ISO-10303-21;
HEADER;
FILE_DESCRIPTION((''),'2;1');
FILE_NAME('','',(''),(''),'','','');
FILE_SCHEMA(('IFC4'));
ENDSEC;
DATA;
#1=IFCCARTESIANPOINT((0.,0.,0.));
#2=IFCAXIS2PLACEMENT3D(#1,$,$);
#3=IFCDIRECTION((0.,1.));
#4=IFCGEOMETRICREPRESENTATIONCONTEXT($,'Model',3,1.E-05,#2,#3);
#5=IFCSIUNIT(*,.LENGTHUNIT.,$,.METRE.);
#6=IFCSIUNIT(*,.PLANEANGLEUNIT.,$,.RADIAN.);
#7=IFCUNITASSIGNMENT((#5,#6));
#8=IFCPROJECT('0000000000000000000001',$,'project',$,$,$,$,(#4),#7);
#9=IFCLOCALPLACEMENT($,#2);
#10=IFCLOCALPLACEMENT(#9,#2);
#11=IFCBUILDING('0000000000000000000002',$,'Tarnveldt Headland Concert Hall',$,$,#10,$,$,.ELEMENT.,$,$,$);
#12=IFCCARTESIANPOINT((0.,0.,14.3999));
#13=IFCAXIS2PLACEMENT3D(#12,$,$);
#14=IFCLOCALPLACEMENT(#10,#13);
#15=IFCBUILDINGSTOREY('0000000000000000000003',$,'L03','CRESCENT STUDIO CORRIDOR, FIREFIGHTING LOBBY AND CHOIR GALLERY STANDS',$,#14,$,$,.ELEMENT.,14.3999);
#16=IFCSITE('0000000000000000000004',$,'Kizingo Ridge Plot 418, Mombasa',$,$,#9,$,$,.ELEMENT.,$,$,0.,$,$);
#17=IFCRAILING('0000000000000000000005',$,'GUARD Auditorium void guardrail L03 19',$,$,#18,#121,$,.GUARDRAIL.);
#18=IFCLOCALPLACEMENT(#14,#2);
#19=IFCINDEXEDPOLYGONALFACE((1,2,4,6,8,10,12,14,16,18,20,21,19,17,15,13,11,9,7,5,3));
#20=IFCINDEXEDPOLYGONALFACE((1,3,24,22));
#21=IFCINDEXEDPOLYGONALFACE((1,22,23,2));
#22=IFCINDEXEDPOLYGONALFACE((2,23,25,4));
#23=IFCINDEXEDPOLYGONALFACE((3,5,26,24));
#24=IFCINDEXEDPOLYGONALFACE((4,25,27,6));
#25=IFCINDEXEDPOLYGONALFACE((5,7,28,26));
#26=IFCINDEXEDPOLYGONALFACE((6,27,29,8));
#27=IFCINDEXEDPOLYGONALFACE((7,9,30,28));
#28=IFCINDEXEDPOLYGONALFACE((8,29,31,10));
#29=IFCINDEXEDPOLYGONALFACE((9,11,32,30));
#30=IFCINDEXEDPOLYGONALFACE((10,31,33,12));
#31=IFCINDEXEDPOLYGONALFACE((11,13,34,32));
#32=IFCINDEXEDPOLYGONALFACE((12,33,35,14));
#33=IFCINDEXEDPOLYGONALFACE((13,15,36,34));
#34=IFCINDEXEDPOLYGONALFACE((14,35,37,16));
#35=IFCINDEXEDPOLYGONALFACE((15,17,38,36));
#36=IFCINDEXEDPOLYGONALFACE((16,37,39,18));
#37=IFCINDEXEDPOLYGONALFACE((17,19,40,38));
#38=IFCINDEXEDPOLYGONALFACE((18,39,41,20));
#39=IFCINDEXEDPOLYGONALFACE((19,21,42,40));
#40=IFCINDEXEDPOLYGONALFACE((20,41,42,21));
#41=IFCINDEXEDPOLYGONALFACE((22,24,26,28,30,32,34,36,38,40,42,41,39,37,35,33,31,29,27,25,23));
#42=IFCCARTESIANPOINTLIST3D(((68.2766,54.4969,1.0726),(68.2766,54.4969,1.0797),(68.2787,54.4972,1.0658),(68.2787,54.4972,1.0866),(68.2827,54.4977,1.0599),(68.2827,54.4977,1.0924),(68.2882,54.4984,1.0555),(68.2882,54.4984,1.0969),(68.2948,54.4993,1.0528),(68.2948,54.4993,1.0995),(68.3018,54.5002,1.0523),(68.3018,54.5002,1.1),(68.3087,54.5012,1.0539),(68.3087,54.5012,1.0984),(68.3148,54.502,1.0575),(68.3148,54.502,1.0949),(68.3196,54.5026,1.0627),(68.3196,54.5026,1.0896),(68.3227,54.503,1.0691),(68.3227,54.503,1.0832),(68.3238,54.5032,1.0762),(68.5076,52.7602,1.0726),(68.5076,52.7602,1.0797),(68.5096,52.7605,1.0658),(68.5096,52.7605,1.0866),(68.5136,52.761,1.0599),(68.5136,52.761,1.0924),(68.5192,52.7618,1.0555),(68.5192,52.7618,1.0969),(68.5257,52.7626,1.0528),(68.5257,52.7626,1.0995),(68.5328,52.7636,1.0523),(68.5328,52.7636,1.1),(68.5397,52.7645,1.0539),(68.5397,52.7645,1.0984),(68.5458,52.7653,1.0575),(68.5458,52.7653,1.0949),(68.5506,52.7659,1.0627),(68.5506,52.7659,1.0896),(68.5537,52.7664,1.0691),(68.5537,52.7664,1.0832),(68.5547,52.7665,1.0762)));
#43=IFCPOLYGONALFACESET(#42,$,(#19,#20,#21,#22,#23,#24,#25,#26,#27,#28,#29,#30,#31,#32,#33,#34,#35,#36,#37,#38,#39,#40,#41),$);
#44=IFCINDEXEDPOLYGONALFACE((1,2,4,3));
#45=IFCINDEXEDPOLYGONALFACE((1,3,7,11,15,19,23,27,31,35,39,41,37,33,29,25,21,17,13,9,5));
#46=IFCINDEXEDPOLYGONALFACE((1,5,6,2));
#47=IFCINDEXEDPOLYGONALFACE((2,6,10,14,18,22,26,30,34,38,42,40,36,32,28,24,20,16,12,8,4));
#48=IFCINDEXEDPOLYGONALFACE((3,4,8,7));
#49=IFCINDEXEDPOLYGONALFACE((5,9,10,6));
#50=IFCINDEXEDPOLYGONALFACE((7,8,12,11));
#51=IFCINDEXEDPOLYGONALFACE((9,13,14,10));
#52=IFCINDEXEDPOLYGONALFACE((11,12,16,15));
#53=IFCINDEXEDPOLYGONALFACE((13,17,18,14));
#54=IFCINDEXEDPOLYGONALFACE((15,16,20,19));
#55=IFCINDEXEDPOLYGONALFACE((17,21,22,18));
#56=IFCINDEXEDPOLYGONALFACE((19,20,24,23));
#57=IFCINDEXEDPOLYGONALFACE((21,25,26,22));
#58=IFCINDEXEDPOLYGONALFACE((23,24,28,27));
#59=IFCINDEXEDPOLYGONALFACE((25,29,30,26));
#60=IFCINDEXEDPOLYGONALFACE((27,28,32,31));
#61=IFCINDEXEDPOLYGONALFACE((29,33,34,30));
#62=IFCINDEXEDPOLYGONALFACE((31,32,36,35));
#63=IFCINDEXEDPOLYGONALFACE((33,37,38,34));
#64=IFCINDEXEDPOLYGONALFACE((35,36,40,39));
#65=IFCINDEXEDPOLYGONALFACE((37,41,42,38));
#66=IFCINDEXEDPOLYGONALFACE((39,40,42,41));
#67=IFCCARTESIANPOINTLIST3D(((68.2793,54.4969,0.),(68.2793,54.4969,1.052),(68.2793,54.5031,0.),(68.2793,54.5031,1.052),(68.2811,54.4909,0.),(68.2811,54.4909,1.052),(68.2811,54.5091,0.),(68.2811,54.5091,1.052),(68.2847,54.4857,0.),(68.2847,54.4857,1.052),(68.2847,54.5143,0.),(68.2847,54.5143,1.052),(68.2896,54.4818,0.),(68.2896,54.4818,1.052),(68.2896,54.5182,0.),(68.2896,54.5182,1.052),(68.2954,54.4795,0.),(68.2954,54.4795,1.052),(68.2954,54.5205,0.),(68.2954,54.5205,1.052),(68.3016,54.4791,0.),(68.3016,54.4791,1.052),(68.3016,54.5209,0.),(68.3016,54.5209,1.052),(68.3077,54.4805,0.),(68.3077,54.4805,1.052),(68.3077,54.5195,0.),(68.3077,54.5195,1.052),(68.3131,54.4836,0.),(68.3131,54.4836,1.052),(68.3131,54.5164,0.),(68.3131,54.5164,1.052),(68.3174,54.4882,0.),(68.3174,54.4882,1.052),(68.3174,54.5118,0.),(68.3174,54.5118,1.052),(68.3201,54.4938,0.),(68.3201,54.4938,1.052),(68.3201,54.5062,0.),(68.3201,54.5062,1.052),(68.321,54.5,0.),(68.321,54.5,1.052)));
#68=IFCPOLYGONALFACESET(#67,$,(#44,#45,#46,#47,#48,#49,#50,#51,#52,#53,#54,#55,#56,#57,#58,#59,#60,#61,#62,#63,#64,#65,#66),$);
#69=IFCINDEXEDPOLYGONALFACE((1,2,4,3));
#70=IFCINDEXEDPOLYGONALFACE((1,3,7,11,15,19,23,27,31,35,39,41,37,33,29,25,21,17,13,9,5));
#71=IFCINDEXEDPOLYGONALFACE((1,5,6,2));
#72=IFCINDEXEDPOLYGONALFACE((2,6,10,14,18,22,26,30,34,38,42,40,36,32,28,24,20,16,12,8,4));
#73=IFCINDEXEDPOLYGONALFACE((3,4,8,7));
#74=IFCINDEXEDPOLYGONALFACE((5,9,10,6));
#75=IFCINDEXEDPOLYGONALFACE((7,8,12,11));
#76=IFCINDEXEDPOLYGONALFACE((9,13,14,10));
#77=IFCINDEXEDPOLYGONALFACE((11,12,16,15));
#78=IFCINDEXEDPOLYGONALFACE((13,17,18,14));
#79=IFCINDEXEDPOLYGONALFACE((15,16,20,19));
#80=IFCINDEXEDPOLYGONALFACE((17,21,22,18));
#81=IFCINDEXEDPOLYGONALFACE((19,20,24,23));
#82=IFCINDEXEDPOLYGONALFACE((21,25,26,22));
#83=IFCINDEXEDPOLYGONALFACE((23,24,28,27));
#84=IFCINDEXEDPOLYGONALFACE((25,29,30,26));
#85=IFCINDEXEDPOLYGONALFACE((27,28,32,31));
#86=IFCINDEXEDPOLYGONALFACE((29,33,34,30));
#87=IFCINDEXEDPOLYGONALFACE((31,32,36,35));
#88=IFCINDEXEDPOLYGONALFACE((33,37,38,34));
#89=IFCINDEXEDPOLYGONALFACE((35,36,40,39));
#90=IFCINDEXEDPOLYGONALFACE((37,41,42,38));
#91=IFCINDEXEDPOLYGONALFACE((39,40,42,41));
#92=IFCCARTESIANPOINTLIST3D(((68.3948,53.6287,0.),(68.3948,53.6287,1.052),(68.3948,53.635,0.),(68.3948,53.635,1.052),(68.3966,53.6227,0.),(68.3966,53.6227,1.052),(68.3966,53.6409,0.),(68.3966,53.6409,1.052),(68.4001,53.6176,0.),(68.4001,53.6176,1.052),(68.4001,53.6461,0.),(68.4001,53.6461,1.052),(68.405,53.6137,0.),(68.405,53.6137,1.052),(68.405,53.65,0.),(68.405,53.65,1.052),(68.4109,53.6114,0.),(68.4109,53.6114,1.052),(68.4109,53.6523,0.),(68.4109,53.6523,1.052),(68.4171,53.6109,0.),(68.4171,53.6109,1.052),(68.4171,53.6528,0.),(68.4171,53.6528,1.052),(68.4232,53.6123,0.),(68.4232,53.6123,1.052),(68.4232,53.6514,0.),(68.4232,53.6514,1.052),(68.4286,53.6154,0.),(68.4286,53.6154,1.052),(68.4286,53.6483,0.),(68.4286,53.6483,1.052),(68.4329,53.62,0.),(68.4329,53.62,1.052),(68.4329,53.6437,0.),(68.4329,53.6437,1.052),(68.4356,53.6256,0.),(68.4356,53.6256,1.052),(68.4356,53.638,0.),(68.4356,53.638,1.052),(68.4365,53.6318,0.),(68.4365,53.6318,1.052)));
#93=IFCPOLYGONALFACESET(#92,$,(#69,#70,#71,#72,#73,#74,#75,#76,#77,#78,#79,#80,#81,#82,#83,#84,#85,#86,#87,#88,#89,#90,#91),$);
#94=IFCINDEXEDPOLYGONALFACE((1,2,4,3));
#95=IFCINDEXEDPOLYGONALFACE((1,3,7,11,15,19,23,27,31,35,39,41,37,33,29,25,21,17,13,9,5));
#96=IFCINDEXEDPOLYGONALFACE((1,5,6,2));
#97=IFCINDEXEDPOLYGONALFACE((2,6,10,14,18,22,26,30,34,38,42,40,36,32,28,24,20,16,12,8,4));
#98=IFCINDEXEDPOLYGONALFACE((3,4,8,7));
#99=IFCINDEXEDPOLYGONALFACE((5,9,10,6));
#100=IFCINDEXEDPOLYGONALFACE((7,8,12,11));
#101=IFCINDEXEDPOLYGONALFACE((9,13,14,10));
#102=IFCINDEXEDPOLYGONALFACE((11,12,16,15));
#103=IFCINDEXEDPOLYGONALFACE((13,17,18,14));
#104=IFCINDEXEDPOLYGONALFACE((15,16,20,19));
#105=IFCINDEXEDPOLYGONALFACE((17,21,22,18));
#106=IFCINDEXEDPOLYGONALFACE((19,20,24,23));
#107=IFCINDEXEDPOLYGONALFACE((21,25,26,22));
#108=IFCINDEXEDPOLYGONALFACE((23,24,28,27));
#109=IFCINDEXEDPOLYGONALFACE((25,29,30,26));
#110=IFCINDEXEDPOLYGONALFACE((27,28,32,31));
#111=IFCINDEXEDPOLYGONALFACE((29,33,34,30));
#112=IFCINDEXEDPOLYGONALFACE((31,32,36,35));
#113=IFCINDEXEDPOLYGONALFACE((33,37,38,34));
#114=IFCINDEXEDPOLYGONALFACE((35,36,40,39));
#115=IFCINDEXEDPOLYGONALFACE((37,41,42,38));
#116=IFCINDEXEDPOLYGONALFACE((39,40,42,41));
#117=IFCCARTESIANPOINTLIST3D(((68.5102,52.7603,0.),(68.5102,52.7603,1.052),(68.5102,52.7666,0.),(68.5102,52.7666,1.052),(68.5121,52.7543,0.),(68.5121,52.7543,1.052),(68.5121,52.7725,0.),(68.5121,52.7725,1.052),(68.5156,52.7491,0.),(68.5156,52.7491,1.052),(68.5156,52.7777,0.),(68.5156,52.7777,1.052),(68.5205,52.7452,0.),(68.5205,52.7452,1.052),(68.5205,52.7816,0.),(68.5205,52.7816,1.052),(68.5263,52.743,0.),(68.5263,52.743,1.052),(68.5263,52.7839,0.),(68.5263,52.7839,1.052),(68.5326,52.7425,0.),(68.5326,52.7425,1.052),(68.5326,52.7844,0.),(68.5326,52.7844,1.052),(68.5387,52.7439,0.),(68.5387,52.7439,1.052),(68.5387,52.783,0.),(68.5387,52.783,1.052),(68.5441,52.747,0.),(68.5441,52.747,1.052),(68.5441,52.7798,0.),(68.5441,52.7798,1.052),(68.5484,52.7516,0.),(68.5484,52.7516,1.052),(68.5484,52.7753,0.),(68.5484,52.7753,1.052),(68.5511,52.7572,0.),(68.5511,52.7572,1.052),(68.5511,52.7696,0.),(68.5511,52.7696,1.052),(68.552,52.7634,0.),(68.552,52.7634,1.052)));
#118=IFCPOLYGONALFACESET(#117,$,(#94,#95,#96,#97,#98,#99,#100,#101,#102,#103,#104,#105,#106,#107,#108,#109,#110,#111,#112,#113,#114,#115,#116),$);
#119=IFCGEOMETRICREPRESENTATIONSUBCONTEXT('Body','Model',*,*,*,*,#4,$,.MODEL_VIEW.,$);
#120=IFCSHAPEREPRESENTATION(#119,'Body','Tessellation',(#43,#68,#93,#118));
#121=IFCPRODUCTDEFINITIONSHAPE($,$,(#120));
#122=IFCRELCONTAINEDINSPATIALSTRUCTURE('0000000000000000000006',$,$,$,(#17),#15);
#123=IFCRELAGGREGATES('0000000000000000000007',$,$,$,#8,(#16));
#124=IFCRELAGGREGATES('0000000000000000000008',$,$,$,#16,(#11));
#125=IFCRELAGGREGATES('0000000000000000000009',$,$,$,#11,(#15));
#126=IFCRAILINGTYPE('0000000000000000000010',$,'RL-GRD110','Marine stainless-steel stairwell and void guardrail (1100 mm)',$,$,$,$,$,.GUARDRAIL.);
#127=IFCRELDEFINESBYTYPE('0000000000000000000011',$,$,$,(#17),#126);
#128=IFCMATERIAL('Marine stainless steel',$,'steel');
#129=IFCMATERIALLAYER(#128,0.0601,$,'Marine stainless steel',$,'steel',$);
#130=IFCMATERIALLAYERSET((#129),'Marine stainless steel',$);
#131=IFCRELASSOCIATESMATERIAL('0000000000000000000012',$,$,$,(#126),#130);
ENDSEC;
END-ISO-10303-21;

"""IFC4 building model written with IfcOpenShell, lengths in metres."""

from ifc_helpers import new_model, si_unit, direction, frame, origin, origin_2d, place, context, subcontext, project, spatial, circle, extrude, material, layer, layer_set, type_object, element, save


model = new_model("IFC4")

# Units and contexts
model_context = context("Model", 3, precision=1e-05, world=origin(), true_north=direction((0.0, 1.0)))
body_context = subcontext(model_context, "Body", "Model", "MODEL_VIEW")
ifc_project = project(units=[si_unit("LENGTHUNIT", "METRE"), si_unit("PLANEANGLEUNIT", "RADIAN")], contexts=[model_context])

# Site, building, storey
site_placement = place(None, origin())
site = spatial("IfcSite", under=ifc_project, at=site_placement, Name="Kizingo Ridge Plot 418, Mombasa", CompositionType="ELEMENT", RefElevation=0.0)
building_placement = place(site_placement, origin())
building = spatial("IfcBuilding", under=site, at=building_placement, Name="Tarnveldt Headland Concert Hall", CompositionType="ELEMENT")
storey_placement = place(building_placement, frame((0.0, 0.0, 14.3999)))
storey = spatial("IfcBuildingStorey", under=building, at=storey_placement, Name="L03", Description="CRESCENT STUDIO CORRIDOR, FIREFIGHTING LOBBY AND CHOIR GALLERY STANDS", CompositionType="ELEMENT", Elevation=14.3999)

# Railing
ifc_material_1 = material(Name="Marine stainless steel", Category="steel")
ifc_layer_1 = layer(ifc_material_1, 0.0601, Name="Marine stainless steel", Category="steel")
ifc_layer_set_1 = layer_set([ifc_layer_1], Name="Marine stainless steel")
railing_type = type_object("IfcRailingType", Name="RL-GRD110", Description="Marine stainless-steel stairwell and void guardrail (1100 mm)", PredefinedType="GUARDRAIL", material=ifc_layer_set_1)
railing_1_placement = place(storey_placement, frame((68.3, 54.5, 0.0)))
element("IfcRailing", 1, at=railing_1_placement, inside=storey, type_object=railing_type, Name="GUARD Auditorium void guardrail L03 19", PredefinedType="GUARDRAIL", context=body_context, shape_type="SweptSolid", body=[
    extrude(circle(Radius=0.0239, at=origin_2d()), frame((0.0, 0.0, 1.0762), z_axis=(0.131835, -0.991272, 0.0), x_axis=(0.991272, 0.131835, 0.0)), (0.0, 0.0, 1.0), 1.752),
    extrude(circle(Radius=0.021, at=origin_2d()), origin(), (0.0, 0.0, 1.0), 1.052),
    extrude(circle(Radius=0.021, at=origin_2d()), frame((0.1155, -0.8682, 0.0)), (0.0, 0.0, 1.0), 1.052),
    extrude(circle(Radius=0.021, at=origin_2d()), frame((0.231, -1.7366, 0.0)), (0.0, 0.0, 1.0), 1.052),
])

save(model, "model.ifc")
